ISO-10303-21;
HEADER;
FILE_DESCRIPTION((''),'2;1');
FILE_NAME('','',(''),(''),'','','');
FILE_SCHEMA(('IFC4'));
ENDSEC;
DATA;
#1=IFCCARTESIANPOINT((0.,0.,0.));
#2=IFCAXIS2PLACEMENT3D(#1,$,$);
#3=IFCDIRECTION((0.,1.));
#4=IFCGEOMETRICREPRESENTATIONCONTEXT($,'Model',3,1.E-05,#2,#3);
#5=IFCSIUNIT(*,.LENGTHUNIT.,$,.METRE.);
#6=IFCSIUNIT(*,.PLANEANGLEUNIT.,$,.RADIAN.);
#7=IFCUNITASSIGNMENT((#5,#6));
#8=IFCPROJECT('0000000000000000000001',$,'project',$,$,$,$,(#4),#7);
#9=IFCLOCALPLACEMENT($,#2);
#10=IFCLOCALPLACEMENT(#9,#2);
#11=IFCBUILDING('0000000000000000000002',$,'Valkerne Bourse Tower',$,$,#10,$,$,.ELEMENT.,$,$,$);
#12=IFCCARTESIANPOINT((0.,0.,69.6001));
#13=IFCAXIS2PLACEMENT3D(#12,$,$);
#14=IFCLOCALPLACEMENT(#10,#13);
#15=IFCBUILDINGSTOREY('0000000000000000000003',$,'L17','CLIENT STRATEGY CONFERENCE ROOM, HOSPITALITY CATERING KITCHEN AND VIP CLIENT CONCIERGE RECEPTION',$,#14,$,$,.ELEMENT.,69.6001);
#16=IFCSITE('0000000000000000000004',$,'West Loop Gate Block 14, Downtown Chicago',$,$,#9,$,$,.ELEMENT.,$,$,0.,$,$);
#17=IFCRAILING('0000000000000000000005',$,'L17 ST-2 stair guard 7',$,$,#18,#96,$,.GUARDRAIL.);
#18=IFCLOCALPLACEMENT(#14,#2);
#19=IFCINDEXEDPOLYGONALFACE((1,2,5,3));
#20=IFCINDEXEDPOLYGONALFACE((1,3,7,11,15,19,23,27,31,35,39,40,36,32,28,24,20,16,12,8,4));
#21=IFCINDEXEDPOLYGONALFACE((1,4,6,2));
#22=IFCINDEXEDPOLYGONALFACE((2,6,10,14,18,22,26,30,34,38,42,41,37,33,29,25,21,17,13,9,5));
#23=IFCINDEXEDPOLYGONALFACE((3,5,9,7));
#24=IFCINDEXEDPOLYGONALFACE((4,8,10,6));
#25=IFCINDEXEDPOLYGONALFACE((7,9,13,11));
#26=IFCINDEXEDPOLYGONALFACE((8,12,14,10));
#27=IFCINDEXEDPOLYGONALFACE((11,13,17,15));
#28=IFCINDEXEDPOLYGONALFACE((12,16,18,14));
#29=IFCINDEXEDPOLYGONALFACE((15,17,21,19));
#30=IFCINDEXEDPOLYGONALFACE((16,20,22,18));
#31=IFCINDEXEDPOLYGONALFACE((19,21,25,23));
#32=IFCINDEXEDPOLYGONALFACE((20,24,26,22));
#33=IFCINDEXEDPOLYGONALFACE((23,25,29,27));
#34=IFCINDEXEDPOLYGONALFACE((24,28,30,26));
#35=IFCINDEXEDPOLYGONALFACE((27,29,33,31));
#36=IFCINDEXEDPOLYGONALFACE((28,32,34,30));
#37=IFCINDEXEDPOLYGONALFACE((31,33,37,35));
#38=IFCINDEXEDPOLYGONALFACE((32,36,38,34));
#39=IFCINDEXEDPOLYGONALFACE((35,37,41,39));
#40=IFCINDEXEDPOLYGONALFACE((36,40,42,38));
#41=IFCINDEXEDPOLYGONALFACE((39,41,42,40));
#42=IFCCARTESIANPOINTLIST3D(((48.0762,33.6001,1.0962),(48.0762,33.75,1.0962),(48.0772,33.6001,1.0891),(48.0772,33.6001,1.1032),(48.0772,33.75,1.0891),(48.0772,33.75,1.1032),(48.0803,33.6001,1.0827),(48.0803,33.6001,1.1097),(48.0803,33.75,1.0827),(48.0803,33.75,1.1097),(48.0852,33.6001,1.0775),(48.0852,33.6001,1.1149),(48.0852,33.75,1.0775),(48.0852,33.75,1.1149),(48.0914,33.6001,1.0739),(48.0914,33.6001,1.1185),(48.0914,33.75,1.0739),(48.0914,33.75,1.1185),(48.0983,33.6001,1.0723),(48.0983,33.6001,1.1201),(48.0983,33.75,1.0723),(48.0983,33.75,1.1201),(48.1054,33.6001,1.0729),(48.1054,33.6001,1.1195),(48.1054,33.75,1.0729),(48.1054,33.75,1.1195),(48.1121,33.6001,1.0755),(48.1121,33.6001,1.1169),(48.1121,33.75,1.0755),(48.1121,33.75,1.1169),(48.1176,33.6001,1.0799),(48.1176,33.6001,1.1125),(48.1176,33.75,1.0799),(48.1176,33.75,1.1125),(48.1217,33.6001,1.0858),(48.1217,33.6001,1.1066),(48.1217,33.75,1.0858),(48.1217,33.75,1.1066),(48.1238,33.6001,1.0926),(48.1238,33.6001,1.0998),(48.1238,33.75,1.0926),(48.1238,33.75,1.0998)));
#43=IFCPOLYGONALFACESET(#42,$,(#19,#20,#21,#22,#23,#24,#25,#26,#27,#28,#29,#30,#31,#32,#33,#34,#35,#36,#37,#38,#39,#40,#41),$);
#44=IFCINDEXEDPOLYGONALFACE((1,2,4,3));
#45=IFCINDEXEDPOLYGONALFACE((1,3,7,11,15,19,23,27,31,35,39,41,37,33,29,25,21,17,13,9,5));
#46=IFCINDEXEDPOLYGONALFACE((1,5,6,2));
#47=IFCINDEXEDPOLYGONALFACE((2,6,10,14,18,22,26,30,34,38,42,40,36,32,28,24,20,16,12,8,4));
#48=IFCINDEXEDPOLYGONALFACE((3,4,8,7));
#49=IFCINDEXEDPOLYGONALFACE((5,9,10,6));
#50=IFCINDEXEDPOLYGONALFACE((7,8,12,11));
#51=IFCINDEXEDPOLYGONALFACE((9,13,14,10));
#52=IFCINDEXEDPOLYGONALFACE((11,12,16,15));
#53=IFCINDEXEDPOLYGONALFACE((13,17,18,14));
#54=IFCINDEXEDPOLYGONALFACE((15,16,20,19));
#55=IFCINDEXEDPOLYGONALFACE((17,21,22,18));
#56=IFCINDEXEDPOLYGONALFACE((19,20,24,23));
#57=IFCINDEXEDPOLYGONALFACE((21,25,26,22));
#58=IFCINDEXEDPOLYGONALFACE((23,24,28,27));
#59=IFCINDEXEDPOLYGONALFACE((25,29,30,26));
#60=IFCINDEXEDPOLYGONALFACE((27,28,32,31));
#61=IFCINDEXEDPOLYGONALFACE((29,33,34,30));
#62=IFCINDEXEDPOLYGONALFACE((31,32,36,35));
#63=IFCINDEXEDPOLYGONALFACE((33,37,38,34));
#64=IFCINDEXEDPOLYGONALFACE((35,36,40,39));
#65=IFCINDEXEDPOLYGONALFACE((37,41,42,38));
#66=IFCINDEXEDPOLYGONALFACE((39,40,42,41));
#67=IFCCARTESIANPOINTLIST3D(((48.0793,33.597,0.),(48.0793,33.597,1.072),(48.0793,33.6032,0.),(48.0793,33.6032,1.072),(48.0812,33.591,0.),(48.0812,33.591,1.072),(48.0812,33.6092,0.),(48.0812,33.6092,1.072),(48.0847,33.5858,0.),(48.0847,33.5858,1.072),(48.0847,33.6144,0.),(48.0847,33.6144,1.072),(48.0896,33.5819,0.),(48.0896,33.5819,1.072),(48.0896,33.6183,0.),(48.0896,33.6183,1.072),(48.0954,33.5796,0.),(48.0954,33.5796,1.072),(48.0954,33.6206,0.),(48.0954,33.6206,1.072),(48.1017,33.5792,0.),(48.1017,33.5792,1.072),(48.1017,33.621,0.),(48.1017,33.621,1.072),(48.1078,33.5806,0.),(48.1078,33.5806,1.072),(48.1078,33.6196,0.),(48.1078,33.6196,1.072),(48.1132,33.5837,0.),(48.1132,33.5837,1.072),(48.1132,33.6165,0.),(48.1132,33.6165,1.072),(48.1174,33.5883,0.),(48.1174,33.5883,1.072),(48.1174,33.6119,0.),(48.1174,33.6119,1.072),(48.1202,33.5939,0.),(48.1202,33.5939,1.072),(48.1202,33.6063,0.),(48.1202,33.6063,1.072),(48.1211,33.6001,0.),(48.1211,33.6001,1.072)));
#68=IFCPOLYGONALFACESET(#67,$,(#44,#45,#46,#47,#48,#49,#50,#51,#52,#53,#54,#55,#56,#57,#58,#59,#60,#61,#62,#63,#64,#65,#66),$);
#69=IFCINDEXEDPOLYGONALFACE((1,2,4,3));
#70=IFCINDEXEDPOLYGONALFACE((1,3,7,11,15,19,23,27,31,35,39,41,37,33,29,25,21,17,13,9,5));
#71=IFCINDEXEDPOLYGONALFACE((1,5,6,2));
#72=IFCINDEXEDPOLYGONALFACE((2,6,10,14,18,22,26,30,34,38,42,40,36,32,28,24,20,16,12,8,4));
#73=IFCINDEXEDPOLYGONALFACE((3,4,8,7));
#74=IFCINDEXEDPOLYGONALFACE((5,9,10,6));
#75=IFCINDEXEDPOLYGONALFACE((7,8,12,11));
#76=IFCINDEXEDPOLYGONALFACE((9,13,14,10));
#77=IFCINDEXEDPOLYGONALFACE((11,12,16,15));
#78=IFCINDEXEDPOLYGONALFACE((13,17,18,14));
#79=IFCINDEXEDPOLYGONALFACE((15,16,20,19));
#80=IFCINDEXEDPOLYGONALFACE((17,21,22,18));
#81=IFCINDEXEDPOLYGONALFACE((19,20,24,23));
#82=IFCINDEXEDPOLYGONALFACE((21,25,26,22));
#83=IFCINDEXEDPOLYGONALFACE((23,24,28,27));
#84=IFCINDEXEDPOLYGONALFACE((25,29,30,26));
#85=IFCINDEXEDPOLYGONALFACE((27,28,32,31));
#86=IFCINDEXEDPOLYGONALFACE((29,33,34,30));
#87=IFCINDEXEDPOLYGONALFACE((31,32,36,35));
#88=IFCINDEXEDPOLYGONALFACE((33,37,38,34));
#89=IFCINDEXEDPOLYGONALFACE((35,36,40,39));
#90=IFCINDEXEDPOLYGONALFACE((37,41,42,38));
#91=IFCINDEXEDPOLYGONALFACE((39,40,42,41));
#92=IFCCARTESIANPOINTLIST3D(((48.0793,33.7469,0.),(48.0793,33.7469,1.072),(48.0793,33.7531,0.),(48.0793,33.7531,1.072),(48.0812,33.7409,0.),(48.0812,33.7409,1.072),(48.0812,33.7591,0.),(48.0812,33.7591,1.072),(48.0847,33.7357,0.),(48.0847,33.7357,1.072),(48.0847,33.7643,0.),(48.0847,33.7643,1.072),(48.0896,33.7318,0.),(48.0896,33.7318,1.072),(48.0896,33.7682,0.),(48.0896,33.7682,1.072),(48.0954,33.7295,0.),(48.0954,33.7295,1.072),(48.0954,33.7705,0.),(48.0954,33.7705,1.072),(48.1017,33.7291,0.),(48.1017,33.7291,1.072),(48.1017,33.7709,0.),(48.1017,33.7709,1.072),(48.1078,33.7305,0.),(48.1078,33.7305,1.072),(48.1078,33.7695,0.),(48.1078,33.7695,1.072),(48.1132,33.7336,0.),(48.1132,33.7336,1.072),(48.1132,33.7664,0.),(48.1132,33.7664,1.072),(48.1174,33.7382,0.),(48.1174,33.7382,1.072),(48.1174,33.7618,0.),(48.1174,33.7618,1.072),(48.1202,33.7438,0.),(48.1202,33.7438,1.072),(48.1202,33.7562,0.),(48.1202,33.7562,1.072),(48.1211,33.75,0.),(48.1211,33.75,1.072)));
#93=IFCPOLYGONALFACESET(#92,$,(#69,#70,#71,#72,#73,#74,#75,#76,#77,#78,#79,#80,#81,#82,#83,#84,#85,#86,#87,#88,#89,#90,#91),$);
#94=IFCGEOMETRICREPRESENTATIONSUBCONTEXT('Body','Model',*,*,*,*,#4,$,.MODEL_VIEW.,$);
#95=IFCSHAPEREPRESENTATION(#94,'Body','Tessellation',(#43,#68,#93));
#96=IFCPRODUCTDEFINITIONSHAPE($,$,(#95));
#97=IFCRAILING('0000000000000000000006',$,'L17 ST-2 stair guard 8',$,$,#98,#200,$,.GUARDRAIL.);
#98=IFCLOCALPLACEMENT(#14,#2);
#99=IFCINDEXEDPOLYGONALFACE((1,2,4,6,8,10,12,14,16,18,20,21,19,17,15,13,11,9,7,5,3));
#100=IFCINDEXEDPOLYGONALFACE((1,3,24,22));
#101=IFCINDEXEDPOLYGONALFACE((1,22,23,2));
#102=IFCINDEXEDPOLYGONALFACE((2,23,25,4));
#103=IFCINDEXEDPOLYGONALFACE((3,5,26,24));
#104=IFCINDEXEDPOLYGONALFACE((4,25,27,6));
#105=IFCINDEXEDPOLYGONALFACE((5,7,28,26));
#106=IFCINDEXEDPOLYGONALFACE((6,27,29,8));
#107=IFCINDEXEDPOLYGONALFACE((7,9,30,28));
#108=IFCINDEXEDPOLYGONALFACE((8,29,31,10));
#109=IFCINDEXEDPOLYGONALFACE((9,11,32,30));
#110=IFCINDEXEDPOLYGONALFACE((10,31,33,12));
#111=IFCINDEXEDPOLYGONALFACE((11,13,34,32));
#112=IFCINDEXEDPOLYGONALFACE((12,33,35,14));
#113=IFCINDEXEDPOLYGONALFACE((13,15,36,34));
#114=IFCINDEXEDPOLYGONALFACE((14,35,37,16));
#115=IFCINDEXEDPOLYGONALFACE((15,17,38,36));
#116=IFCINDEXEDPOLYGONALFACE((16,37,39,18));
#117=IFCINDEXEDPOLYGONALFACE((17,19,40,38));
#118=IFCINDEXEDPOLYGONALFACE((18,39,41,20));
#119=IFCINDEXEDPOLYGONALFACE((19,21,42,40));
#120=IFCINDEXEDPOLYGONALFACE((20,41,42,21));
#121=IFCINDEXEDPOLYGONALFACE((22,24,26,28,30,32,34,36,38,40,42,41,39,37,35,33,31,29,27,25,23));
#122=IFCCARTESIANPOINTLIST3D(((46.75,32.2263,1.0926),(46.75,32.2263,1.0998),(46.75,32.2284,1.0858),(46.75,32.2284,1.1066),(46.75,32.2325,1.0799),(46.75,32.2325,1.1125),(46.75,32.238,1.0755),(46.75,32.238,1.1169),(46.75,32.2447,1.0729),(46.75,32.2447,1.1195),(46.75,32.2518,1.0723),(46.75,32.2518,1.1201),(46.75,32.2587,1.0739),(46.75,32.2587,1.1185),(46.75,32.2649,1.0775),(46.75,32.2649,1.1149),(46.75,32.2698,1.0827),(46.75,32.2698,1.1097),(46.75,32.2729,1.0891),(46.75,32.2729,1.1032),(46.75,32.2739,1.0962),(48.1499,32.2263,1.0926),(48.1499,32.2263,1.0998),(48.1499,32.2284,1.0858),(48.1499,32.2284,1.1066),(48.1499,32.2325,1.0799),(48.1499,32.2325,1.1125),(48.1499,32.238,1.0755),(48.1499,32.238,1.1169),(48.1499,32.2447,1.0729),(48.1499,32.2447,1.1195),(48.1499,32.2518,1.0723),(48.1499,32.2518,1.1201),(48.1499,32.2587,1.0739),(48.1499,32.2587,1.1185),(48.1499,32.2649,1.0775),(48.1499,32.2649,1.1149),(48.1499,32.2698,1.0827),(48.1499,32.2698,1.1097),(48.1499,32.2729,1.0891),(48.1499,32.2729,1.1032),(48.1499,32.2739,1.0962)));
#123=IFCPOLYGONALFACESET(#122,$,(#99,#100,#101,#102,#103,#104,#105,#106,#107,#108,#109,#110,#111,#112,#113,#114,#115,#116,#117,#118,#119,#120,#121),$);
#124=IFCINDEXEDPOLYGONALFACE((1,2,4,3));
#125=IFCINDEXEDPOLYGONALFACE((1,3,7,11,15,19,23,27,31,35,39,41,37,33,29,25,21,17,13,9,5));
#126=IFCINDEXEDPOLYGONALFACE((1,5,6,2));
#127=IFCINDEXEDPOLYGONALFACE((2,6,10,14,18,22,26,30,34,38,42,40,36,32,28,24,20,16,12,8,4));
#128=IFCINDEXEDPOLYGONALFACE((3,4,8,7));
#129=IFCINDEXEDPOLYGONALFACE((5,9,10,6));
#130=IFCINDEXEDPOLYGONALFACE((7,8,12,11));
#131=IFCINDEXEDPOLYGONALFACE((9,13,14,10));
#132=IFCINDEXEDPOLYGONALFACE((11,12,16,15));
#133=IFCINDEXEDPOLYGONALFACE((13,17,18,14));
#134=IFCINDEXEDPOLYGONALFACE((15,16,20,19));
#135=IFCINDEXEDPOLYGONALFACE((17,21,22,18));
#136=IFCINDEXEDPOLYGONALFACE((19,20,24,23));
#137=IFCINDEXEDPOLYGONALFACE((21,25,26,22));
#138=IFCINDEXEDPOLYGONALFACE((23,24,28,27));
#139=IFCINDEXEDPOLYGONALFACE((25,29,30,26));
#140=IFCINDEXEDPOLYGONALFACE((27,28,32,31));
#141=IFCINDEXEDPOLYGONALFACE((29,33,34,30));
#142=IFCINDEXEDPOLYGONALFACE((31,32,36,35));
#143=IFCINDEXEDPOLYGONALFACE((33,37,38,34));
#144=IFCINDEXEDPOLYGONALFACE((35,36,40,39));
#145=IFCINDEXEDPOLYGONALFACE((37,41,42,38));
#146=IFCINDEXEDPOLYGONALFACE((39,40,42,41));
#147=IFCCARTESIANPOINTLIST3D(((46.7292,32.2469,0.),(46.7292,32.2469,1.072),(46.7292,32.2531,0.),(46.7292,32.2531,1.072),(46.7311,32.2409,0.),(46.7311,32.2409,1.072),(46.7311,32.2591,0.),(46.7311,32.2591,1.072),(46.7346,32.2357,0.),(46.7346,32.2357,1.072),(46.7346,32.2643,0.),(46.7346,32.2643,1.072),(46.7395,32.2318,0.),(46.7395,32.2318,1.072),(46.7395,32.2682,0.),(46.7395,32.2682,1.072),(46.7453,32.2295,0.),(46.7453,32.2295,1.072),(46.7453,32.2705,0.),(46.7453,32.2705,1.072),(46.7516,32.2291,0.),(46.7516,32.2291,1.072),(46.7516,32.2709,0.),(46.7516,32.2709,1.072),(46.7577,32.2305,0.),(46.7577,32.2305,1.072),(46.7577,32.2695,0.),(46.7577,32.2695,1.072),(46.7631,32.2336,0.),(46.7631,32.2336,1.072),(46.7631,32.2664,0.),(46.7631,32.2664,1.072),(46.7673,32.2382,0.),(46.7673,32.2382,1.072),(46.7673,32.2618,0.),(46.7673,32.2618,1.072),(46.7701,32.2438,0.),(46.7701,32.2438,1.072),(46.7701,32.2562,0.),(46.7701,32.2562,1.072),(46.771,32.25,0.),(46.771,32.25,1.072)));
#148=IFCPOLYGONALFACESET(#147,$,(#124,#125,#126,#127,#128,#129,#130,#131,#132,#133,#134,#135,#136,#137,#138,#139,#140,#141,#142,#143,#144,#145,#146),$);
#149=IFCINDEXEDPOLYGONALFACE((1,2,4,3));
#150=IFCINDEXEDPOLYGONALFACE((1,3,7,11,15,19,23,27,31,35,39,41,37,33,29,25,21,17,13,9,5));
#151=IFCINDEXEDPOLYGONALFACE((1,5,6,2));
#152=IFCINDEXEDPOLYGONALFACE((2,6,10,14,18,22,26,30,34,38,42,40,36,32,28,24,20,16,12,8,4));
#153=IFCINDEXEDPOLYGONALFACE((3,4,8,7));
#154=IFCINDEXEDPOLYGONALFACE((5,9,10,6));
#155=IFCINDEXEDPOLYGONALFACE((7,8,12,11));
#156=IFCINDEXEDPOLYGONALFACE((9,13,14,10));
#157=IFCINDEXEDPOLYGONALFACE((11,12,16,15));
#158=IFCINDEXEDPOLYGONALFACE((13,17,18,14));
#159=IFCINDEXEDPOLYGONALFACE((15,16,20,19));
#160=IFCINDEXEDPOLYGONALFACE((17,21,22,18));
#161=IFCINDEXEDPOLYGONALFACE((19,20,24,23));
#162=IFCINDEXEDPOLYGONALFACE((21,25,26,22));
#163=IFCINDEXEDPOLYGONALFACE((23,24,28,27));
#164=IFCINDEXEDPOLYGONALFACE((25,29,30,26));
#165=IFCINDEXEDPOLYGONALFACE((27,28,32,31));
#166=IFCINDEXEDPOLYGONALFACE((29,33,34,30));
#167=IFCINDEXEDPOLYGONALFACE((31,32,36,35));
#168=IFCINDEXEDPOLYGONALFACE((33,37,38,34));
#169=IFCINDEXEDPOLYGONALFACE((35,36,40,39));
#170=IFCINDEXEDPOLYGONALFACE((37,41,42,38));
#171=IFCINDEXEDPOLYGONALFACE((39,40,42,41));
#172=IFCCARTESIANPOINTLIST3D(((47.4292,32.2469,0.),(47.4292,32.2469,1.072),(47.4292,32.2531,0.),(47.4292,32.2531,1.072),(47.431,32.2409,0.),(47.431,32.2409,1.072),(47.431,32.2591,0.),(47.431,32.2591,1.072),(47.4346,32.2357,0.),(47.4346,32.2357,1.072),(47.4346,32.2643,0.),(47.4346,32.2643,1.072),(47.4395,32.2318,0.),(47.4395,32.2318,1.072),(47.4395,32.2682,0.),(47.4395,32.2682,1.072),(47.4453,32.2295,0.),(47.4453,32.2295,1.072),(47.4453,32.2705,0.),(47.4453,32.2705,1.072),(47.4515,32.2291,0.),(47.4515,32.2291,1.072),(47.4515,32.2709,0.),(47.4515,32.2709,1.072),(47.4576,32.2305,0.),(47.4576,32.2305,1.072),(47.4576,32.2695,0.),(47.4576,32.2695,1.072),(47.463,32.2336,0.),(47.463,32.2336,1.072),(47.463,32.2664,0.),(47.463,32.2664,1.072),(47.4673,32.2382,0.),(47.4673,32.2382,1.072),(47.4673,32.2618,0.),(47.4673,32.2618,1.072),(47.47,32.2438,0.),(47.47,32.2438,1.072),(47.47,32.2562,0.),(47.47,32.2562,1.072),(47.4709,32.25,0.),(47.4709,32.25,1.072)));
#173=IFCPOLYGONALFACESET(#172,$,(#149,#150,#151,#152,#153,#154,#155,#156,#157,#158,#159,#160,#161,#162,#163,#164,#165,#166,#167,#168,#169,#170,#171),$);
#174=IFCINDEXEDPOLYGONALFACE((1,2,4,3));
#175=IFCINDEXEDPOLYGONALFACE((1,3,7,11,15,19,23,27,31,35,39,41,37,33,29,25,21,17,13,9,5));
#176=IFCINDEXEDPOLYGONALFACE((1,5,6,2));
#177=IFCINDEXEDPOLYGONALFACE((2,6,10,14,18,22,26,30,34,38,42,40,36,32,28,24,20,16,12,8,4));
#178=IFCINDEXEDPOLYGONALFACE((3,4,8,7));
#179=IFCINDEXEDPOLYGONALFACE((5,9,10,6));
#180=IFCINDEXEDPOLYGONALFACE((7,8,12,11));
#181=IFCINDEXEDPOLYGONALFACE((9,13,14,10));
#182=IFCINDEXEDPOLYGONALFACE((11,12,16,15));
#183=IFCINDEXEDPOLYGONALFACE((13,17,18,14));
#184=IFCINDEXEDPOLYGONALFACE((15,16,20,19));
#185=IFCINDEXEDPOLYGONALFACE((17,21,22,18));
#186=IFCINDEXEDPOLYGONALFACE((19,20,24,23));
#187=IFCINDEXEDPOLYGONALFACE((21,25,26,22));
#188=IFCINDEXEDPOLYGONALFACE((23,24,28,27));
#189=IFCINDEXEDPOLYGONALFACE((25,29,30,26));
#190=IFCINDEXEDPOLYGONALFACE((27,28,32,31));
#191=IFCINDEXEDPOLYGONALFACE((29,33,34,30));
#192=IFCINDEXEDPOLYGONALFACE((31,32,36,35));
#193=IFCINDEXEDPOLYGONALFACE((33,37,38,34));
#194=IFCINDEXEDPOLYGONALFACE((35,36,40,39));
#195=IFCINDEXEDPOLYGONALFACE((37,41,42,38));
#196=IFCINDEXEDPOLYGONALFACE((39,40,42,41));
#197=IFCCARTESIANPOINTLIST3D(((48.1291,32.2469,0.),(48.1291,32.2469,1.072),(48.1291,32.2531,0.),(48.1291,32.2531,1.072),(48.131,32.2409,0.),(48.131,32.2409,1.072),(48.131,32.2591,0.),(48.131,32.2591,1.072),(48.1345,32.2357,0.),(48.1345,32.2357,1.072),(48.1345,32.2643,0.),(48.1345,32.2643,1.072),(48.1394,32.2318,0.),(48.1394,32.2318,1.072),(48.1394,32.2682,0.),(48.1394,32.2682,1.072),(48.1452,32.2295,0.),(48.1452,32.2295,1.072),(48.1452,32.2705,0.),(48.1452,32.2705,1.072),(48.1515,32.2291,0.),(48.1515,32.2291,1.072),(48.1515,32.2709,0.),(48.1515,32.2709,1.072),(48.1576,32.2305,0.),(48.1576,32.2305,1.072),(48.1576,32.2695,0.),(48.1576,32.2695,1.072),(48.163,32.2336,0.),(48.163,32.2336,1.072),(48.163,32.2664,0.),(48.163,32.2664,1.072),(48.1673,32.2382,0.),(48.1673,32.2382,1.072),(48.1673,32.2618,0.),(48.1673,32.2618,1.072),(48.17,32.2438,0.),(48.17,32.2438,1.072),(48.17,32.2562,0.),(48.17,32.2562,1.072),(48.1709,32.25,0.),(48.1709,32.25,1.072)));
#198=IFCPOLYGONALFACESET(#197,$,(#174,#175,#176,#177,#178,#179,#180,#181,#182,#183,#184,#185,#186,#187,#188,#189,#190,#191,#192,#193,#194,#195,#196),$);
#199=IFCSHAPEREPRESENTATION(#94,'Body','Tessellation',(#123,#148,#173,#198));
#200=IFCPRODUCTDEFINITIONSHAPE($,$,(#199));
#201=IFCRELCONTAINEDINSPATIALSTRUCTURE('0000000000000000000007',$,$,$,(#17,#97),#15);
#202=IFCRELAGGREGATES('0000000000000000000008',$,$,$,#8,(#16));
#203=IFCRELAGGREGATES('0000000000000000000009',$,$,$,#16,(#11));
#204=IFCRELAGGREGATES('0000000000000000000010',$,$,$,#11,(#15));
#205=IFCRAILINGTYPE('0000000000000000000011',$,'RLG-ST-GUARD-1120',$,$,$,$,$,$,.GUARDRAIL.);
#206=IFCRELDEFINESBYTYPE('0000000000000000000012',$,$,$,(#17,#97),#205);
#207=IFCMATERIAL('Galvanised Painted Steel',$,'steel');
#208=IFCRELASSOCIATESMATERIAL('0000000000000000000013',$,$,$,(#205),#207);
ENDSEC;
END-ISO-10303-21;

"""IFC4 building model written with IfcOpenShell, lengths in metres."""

from ifc_helpers import new_model, si_unit, direction, frame, origin, origin_2d, place, context, subcontext, project, spatial, circle, extrude, material, type_object, element, save


model = new_model("IFC4")

# Units and contexts
model_context = context("Model", 3, precision=1e-05, world=origin(), true_north=direction((0.0, 1.0)))
body_context = subcontext(model_context, "Body", "Model", "MODEL_VIEW")
ifc_project = project(units=[si_unit("LENGTHUNIT", "METRE"), si_unit("PLANEANGLEUNIT", "RADIAN")], contexts=[model_context])

# Site, building, storey
site_placement = place(None, origin())
site = spatial("IfcSite", under=ifc_project, at=site_placement, Name="West Loop Gate Block 14, Downtown Chicago", CompositionType="ELEMENT", RefElevation=0.0)
building_placement = place(site_placement, origin())
building = spatial("IfcBuilding", under=site, at=building_placement, Name="Valkerne Bourse Tower", CompositionType="ELEMENT")
storey_placement = place(building_placement, frame((0.0, 0.0, 69.6001)))
storey = spatial("IfcBuildingStorey", under=building, at=storey_placement, Name="L17", Description="CLIENT STRATEGY CONFERENCE ROOM, HOSPITALITY CATERING KITCHEN AND VIP CLIENT CONCIERGE RECEPTION", CompositionType="ELEMENT", Elevation=69.6001)

# Shared definitions
ifc_material_1 = material(Name="Galvanised Painted Steel", Category="steel")

# Railings
railing_type_1 = type_object("IfcRailingType", Name="RLG-ST-GUARD-1120", PredefinedType="GUARDRAIL", material=ifc_material_1)
railing_1_placement = place(storey_placement, frame((48.1001, 33.6001, 0.0)))
element("IfcRailing", 1, at=railing_1_placement, inside=storey, type_object=railing_type_1, Name="L17 ST-2 stair guard 7", PredefinedType="GUARDRAIL", context=body_context, shape_type="SweptSolid", body=[
    extrude(circle(Radius=0.0239, at=origin_2d()), frame((0.0, 0.0, 1.0962), z_axis=(0.0, 1.0, 0.0), x_axis=(-1.0, 0.0, 0.0)), (0.0, 0.0, 1.0), 0.1499),
    extrude(circle(Radius=0.021, at=origin_2d()), origin(), (0.0, 0.0, 1.0), 1.072),
    extrude(circle(Radius=0.021, at=origin_2d()), frame((0.0, 0.1499, 0.0)), (0.0, 0.0, 1.0), 1.072),
])
for number, where, name in (
    (2, (46.75, 32.25, 0.0), "L17 ST-2 stair guard 8"),
):
    element("IfcRailing", number, at=place(storey_placement, frame(where)), inside=storey, type_object=railing_type_1, Name=name, PredefinedType="GUARDRAIL", context=body_context, shape_type="SweptSolid", body=[
        extrude(circle(Radius=0.0239, at=origin_2d()), frame((0.0, 0.0, 1.0962), z_axis=(1.0, 0.0, 0.0), x_axis=(0.0, 1.0, 0.0)), (0.0, 0.0, 1.0), 1.3999),
        extrude(circle(Radius=0.021, at=origin_2d()), origin(), (0.0, 0.0, 1.0), 1.072),
        extrude(circle(Radius=0.021, at=origin_2d()), frame((0.7, 0.0, 0.0)), (0.0, 0.0, 1.0), 1.072),
        extrude(circle(Radius=0.021, at=origin_2d()), frame((1.3999, 0.0, 0.0)), (0.0, 0.0, 1.0), 1.072),
    ])

save(model, "model.ifc")
